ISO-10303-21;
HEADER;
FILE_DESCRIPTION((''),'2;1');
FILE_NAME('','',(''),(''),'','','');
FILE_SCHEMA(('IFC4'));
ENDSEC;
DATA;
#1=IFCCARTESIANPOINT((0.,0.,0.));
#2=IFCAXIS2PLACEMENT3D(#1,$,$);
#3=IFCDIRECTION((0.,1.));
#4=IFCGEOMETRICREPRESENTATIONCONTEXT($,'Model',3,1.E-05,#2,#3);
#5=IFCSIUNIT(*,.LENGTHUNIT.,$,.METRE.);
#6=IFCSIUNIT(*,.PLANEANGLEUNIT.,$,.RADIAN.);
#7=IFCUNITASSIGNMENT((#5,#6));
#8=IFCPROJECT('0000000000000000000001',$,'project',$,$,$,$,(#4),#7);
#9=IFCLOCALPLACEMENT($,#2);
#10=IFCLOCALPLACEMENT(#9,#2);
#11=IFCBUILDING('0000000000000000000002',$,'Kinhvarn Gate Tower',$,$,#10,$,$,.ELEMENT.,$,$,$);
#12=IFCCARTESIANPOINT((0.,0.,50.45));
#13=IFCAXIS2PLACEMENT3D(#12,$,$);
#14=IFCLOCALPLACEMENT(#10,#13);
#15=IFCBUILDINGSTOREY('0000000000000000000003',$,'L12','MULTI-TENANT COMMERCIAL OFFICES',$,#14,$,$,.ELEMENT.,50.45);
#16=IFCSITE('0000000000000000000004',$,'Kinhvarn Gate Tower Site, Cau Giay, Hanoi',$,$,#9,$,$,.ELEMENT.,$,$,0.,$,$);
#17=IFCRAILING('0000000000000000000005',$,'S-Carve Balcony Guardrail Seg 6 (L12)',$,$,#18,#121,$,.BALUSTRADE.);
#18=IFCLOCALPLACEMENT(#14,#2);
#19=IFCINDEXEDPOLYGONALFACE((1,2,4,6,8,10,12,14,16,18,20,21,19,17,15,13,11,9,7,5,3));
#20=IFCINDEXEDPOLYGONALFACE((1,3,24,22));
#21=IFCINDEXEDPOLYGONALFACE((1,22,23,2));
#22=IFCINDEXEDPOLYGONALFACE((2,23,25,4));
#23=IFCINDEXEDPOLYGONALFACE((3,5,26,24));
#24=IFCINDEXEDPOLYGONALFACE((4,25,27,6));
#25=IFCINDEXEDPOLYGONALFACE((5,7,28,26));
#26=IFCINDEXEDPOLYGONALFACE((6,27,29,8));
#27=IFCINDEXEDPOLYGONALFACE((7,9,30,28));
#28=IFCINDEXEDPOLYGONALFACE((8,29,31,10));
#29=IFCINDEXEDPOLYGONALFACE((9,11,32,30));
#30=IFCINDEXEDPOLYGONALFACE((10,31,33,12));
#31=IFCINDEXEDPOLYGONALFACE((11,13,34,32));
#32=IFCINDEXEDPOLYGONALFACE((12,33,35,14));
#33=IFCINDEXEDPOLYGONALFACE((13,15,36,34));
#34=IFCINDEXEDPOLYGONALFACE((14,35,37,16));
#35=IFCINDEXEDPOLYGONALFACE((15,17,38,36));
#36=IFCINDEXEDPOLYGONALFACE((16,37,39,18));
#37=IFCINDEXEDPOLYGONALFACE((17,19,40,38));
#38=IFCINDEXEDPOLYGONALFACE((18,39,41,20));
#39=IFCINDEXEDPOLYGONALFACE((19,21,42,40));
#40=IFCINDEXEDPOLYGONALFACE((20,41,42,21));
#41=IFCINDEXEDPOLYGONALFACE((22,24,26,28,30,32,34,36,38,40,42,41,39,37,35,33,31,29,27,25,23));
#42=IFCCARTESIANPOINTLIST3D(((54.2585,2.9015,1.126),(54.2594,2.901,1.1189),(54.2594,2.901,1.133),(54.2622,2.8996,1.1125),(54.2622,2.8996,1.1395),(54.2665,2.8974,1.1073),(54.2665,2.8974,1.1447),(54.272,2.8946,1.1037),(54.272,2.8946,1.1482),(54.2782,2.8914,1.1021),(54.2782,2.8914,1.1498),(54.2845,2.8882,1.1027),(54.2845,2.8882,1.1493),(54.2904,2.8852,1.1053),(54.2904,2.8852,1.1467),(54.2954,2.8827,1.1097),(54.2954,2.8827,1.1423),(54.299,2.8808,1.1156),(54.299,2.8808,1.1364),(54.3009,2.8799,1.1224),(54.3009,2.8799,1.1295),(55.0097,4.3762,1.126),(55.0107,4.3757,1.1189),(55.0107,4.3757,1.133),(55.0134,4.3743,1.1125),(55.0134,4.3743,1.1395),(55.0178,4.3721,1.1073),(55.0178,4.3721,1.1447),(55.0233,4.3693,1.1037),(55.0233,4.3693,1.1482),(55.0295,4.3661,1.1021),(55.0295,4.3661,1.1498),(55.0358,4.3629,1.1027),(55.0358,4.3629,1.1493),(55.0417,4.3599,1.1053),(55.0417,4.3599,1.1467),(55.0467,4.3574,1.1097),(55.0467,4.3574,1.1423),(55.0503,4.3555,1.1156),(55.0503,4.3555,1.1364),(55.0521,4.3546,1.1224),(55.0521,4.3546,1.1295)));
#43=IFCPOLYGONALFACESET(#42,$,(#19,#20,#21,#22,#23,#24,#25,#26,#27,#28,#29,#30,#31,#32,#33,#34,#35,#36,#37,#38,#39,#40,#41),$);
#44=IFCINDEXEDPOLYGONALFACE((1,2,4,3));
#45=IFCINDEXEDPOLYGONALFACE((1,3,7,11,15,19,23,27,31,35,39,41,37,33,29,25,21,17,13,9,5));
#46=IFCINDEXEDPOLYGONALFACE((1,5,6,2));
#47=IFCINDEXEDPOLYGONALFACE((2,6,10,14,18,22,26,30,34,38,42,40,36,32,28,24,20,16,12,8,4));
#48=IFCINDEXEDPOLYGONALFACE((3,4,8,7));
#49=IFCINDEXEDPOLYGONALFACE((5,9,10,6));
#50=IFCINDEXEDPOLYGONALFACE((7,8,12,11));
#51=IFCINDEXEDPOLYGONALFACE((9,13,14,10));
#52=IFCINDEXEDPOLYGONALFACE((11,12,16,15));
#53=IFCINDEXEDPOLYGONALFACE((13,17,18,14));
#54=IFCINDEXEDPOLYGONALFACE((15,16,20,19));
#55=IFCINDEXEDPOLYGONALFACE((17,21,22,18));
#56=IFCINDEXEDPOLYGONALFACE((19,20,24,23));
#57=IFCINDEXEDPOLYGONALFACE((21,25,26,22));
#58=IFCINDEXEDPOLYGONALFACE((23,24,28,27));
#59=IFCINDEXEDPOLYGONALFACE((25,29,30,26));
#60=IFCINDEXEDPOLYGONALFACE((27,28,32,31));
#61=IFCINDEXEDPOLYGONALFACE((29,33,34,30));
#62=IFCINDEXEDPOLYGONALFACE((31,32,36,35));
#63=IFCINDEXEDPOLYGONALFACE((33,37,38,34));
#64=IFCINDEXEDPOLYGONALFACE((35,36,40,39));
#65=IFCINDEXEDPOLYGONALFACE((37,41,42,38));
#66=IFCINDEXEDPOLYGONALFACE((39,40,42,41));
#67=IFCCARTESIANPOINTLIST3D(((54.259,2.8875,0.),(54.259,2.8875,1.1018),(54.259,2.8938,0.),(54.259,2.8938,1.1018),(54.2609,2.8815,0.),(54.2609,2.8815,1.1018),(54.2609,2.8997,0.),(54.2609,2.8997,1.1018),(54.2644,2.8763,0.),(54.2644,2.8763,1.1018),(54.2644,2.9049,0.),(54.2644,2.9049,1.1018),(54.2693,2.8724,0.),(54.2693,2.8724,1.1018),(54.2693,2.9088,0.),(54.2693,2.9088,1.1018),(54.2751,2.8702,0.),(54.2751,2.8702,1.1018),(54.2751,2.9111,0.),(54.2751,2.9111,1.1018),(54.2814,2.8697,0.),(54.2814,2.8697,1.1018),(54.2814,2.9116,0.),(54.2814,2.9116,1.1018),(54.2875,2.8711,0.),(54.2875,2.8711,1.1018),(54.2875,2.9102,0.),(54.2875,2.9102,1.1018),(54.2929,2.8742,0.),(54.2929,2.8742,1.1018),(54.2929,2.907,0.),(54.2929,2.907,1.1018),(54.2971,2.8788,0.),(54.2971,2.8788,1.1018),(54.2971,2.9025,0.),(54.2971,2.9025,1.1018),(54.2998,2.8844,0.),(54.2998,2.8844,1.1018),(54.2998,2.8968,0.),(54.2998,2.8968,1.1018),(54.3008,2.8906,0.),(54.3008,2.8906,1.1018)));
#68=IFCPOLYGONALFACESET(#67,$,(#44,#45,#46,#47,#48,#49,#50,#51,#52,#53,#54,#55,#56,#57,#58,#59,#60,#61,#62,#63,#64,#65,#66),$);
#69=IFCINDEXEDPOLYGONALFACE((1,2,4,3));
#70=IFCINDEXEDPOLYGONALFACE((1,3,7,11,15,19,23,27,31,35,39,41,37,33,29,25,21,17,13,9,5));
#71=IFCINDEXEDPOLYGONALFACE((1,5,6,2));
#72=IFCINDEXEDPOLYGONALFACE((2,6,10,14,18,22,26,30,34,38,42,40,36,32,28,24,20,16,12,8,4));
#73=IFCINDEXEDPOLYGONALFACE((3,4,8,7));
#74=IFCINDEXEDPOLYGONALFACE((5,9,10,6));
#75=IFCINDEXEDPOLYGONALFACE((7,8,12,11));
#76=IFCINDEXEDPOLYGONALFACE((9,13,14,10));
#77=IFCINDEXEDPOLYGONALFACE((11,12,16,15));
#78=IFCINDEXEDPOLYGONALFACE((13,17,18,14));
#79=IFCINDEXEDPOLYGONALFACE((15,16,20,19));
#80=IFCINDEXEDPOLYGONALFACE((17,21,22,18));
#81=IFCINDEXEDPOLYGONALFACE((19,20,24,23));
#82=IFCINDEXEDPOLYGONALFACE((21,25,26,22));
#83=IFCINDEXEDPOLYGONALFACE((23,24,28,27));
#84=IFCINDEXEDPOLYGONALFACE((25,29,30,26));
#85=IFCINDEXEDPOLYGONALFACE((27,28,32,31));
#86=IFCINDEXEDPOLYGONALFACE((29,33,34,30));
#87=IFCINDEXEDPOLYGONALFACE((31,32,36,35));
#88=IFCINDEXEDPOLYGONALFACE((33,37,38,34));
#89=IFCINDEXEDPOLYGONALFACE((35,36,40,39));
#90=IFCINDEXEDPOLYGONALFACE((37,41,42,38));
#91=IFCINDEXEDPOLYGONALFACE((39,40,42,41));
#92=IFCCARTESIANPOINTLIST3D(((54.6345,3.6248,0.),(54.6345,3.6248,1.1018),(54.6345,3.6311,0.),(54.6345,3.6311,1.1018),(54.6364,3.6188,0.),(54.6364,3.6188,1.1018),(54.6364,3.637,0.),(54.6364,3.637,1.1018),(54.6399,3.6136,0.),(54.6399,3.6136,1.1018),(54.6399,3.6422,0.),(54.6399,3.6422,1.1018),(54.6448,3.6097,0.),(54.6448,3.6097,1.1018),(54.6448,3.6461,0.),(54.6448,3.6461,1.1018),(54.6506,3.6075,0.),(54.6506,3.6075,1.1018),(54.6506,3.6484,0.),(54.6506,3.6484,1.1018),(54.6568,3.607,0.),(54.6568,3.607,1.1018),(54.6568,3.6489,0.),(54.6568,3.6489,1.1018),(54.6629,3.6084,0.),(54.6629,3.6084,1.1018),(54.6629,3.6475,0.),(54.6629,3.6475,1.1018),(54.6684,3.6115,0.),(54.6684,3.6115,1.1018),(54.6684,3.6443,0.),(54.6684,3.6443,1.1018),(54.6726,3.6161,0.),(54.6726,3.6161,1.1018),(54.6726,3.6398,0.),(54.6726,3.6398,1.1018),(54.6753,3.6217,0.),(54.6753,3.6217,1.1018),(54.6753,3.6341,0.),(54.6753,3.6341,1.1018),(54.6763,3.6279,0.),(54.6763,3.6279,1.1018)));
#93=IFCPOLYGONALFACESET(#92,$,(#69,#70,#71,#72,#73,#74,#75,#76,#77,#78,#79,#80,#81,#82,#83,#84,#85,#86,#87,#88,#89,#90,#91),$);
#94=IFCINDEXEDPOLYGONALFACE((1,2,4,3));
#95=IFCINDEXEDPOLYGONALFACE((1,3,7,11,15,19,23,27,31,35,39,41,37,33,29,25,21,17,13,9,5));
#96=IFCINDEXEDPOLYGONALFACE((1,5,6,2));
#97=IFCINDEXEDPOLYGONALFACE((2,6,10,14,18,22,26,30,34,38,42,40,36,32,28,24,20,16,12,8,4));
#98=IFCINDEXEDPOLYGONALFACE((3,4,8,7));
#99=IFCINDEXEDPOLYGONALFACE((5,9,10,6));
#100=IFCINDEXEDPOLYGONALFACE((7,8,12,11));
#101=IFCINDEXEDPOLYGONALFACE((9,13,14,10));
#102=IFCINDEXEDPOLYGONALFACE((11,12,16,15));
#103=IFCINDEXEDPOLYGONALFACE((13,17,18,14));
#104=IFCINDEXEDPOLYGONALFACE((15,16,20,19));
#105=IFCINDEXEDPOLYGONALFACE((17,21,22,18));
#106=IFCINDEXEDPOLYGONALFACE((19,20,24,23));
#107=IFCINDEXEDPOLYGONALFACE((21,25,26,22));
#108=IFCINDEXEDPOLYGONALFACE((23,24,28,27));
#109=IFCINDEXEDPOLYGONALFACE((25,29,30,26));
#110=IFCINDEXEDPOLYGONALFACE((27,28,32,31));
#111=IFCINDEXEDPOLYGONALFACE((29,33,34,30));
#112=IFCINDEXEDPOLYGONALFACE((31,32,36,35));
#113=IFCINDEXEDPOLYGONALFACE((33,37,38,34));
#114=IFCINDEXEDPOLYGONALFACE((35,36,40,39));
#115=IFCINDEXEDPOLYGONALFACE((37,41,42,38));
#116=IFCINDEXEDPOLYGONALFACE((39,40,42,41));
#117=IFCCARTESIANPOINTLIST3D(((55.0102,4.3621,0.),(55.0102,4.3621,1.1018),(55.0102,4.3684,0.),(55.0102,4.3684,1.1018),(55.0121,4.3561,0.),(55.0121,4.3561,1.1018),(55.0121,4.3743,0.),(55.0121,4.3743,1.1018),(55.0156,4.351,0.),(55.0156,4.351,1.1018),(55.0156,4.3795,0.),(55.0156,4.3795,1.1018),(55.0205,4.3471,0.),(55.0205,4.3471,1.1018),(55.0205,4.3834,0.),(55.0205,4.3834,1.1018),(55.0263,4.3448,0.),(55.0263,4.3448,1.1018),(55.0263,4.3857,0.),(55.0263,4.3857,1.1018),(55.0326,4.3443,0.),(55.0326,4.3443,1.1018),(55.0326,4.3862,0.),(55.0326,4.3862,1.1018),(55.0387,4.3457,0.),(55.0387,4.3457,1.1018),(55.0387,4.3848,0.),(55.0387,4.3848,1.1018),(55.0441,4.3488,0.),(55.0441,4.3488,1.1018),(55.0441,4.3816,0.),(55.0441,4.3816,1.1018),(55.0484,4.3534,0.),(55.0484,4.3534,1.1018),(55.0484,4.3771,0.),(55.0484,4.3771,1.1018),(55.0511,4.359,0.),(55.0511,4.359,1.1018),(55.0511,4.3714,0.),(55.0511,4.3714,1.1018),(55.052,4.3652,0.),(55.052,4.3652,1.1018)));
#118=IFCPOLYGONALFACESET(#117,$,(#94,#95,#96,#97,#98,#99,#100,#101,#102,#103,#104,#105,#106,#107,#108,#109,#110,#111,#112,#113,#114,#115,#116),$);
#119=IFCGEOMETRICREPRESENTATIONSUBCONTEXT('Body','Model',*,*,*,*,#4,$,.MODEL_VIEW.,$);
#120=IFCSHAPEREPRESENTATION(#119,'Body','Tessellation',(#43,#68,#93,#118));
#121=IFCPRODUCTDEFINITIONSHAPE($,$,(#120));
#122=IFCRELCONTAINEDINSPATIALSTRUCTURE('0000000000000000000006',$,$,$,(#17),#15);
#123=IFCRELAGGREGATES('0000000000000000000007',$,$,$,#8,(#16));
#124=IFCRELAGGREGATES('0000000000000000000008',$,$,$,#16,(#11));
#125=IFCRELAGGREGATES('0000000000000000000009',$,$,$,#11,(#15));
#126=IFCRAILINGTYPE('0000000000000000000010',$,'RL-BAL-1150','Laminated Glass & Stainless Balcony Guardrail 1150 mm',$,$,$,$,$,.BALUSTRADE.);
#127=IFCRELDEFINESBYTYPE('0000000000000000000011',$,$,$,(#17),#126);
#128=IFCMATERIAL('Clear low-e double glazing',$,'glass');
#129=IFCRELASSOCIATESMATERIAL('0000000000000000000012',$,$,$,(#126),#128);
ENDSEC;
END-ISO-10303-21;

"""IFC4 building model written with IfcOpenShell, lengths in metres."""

from ifc_helpers import new_model, si_unit, direction, frame, origin, origin_2d, place, context, subcontext, project, spatial, circle, extrude, material, type_object, element, save


model = new_model("IFC4")

# Units and contexts
model_context = context("Model", 3, precision=1e-05, world=origin(), true_north=direction((0.0, 1.0)))
body_context = subcontext(model_context, "Body", "Model", "MODEL_VIEW")
ifc_project = project(units=[si_unit("LENGTHUNIT", "METRE"), si_unit("PLANEANGLEUNIT", "RADIAN")], contexts=[model_context])

# Site, building, storey
site_placement = place(None, origin())
site = spatial("IfcSite", under=ifc_project, at=site_placement, Name="Kinhvarn Gate Tower Site, Cau Giay, Hanoi", CompositionType="ELEMENT", RefElevation=0.0)
building_placement = place(site_placement, origin())
building = spatial("IfcBuilding", under=site, at=building_placement, Name="Kinhvarn Gate Tower", CompositionType="ELEMENT")
storey_placement = place(building_placement, frame((0.0, 0.0, 50.45)))
storey = spatial("IfcBuildingStorey", under=building, at=storey_placement, Name="L12", Description="MULTI-TENANT COMMERCIAL OFFICES", CompositionType="ELEMENT", Elevation=50.45)

# Shared definitions
ifc_material_1 = material(Name="Clear low-e double glazing", Category="glass")

# Railing
railing_type = type_object("IfcRailingType", Name="RL-BAL-1150", Description="Laminated Glass & Stainless Balcony Guardrail 1150 mm", PredefinedType="BALUSTRADE", material=ifc_material_1)
railing_1_placement = place(storey_placement, frame((54.2798, 2.8906, 0.0)))
element("IfcRailing", 1, at=railing_1_placement, inside=storey, type_object=railing_type, Name="S-Carve Balcony Guardrail Seg 6 (L12)", PredefinedType="BALUSTRADE", context=body_context, shape_type="SweptSolid", body=[
    extrude(circle(Radius=0.0239, at=origin_2d()), frame((0.0, 0.0, 1.126), z_axis=(0.453928, 0.891038, 0.0), x_axis=(-0.891038, 0.453928, 0.0)), (0.0, 0.0, 1.0), 1.655),
    extrude(circle(Radius=0.021, at=origin_2d()), origin(), (0.0, 0.0, 1.0), 1.1018),
    extrude(circle(Radius=0.021, at=origin_2d()), frame((0.3755, 0.7373, 0.0)), (0.0, 0.0, 1.0), 1.1018),
    extrude(circle(Radius=0.021, at=origin_2d()), frame((0.7512, 1.4746, 0.0)), (0.0, 0.0, 1.0), 1.1018),
])

save(model, "model.ifc")
